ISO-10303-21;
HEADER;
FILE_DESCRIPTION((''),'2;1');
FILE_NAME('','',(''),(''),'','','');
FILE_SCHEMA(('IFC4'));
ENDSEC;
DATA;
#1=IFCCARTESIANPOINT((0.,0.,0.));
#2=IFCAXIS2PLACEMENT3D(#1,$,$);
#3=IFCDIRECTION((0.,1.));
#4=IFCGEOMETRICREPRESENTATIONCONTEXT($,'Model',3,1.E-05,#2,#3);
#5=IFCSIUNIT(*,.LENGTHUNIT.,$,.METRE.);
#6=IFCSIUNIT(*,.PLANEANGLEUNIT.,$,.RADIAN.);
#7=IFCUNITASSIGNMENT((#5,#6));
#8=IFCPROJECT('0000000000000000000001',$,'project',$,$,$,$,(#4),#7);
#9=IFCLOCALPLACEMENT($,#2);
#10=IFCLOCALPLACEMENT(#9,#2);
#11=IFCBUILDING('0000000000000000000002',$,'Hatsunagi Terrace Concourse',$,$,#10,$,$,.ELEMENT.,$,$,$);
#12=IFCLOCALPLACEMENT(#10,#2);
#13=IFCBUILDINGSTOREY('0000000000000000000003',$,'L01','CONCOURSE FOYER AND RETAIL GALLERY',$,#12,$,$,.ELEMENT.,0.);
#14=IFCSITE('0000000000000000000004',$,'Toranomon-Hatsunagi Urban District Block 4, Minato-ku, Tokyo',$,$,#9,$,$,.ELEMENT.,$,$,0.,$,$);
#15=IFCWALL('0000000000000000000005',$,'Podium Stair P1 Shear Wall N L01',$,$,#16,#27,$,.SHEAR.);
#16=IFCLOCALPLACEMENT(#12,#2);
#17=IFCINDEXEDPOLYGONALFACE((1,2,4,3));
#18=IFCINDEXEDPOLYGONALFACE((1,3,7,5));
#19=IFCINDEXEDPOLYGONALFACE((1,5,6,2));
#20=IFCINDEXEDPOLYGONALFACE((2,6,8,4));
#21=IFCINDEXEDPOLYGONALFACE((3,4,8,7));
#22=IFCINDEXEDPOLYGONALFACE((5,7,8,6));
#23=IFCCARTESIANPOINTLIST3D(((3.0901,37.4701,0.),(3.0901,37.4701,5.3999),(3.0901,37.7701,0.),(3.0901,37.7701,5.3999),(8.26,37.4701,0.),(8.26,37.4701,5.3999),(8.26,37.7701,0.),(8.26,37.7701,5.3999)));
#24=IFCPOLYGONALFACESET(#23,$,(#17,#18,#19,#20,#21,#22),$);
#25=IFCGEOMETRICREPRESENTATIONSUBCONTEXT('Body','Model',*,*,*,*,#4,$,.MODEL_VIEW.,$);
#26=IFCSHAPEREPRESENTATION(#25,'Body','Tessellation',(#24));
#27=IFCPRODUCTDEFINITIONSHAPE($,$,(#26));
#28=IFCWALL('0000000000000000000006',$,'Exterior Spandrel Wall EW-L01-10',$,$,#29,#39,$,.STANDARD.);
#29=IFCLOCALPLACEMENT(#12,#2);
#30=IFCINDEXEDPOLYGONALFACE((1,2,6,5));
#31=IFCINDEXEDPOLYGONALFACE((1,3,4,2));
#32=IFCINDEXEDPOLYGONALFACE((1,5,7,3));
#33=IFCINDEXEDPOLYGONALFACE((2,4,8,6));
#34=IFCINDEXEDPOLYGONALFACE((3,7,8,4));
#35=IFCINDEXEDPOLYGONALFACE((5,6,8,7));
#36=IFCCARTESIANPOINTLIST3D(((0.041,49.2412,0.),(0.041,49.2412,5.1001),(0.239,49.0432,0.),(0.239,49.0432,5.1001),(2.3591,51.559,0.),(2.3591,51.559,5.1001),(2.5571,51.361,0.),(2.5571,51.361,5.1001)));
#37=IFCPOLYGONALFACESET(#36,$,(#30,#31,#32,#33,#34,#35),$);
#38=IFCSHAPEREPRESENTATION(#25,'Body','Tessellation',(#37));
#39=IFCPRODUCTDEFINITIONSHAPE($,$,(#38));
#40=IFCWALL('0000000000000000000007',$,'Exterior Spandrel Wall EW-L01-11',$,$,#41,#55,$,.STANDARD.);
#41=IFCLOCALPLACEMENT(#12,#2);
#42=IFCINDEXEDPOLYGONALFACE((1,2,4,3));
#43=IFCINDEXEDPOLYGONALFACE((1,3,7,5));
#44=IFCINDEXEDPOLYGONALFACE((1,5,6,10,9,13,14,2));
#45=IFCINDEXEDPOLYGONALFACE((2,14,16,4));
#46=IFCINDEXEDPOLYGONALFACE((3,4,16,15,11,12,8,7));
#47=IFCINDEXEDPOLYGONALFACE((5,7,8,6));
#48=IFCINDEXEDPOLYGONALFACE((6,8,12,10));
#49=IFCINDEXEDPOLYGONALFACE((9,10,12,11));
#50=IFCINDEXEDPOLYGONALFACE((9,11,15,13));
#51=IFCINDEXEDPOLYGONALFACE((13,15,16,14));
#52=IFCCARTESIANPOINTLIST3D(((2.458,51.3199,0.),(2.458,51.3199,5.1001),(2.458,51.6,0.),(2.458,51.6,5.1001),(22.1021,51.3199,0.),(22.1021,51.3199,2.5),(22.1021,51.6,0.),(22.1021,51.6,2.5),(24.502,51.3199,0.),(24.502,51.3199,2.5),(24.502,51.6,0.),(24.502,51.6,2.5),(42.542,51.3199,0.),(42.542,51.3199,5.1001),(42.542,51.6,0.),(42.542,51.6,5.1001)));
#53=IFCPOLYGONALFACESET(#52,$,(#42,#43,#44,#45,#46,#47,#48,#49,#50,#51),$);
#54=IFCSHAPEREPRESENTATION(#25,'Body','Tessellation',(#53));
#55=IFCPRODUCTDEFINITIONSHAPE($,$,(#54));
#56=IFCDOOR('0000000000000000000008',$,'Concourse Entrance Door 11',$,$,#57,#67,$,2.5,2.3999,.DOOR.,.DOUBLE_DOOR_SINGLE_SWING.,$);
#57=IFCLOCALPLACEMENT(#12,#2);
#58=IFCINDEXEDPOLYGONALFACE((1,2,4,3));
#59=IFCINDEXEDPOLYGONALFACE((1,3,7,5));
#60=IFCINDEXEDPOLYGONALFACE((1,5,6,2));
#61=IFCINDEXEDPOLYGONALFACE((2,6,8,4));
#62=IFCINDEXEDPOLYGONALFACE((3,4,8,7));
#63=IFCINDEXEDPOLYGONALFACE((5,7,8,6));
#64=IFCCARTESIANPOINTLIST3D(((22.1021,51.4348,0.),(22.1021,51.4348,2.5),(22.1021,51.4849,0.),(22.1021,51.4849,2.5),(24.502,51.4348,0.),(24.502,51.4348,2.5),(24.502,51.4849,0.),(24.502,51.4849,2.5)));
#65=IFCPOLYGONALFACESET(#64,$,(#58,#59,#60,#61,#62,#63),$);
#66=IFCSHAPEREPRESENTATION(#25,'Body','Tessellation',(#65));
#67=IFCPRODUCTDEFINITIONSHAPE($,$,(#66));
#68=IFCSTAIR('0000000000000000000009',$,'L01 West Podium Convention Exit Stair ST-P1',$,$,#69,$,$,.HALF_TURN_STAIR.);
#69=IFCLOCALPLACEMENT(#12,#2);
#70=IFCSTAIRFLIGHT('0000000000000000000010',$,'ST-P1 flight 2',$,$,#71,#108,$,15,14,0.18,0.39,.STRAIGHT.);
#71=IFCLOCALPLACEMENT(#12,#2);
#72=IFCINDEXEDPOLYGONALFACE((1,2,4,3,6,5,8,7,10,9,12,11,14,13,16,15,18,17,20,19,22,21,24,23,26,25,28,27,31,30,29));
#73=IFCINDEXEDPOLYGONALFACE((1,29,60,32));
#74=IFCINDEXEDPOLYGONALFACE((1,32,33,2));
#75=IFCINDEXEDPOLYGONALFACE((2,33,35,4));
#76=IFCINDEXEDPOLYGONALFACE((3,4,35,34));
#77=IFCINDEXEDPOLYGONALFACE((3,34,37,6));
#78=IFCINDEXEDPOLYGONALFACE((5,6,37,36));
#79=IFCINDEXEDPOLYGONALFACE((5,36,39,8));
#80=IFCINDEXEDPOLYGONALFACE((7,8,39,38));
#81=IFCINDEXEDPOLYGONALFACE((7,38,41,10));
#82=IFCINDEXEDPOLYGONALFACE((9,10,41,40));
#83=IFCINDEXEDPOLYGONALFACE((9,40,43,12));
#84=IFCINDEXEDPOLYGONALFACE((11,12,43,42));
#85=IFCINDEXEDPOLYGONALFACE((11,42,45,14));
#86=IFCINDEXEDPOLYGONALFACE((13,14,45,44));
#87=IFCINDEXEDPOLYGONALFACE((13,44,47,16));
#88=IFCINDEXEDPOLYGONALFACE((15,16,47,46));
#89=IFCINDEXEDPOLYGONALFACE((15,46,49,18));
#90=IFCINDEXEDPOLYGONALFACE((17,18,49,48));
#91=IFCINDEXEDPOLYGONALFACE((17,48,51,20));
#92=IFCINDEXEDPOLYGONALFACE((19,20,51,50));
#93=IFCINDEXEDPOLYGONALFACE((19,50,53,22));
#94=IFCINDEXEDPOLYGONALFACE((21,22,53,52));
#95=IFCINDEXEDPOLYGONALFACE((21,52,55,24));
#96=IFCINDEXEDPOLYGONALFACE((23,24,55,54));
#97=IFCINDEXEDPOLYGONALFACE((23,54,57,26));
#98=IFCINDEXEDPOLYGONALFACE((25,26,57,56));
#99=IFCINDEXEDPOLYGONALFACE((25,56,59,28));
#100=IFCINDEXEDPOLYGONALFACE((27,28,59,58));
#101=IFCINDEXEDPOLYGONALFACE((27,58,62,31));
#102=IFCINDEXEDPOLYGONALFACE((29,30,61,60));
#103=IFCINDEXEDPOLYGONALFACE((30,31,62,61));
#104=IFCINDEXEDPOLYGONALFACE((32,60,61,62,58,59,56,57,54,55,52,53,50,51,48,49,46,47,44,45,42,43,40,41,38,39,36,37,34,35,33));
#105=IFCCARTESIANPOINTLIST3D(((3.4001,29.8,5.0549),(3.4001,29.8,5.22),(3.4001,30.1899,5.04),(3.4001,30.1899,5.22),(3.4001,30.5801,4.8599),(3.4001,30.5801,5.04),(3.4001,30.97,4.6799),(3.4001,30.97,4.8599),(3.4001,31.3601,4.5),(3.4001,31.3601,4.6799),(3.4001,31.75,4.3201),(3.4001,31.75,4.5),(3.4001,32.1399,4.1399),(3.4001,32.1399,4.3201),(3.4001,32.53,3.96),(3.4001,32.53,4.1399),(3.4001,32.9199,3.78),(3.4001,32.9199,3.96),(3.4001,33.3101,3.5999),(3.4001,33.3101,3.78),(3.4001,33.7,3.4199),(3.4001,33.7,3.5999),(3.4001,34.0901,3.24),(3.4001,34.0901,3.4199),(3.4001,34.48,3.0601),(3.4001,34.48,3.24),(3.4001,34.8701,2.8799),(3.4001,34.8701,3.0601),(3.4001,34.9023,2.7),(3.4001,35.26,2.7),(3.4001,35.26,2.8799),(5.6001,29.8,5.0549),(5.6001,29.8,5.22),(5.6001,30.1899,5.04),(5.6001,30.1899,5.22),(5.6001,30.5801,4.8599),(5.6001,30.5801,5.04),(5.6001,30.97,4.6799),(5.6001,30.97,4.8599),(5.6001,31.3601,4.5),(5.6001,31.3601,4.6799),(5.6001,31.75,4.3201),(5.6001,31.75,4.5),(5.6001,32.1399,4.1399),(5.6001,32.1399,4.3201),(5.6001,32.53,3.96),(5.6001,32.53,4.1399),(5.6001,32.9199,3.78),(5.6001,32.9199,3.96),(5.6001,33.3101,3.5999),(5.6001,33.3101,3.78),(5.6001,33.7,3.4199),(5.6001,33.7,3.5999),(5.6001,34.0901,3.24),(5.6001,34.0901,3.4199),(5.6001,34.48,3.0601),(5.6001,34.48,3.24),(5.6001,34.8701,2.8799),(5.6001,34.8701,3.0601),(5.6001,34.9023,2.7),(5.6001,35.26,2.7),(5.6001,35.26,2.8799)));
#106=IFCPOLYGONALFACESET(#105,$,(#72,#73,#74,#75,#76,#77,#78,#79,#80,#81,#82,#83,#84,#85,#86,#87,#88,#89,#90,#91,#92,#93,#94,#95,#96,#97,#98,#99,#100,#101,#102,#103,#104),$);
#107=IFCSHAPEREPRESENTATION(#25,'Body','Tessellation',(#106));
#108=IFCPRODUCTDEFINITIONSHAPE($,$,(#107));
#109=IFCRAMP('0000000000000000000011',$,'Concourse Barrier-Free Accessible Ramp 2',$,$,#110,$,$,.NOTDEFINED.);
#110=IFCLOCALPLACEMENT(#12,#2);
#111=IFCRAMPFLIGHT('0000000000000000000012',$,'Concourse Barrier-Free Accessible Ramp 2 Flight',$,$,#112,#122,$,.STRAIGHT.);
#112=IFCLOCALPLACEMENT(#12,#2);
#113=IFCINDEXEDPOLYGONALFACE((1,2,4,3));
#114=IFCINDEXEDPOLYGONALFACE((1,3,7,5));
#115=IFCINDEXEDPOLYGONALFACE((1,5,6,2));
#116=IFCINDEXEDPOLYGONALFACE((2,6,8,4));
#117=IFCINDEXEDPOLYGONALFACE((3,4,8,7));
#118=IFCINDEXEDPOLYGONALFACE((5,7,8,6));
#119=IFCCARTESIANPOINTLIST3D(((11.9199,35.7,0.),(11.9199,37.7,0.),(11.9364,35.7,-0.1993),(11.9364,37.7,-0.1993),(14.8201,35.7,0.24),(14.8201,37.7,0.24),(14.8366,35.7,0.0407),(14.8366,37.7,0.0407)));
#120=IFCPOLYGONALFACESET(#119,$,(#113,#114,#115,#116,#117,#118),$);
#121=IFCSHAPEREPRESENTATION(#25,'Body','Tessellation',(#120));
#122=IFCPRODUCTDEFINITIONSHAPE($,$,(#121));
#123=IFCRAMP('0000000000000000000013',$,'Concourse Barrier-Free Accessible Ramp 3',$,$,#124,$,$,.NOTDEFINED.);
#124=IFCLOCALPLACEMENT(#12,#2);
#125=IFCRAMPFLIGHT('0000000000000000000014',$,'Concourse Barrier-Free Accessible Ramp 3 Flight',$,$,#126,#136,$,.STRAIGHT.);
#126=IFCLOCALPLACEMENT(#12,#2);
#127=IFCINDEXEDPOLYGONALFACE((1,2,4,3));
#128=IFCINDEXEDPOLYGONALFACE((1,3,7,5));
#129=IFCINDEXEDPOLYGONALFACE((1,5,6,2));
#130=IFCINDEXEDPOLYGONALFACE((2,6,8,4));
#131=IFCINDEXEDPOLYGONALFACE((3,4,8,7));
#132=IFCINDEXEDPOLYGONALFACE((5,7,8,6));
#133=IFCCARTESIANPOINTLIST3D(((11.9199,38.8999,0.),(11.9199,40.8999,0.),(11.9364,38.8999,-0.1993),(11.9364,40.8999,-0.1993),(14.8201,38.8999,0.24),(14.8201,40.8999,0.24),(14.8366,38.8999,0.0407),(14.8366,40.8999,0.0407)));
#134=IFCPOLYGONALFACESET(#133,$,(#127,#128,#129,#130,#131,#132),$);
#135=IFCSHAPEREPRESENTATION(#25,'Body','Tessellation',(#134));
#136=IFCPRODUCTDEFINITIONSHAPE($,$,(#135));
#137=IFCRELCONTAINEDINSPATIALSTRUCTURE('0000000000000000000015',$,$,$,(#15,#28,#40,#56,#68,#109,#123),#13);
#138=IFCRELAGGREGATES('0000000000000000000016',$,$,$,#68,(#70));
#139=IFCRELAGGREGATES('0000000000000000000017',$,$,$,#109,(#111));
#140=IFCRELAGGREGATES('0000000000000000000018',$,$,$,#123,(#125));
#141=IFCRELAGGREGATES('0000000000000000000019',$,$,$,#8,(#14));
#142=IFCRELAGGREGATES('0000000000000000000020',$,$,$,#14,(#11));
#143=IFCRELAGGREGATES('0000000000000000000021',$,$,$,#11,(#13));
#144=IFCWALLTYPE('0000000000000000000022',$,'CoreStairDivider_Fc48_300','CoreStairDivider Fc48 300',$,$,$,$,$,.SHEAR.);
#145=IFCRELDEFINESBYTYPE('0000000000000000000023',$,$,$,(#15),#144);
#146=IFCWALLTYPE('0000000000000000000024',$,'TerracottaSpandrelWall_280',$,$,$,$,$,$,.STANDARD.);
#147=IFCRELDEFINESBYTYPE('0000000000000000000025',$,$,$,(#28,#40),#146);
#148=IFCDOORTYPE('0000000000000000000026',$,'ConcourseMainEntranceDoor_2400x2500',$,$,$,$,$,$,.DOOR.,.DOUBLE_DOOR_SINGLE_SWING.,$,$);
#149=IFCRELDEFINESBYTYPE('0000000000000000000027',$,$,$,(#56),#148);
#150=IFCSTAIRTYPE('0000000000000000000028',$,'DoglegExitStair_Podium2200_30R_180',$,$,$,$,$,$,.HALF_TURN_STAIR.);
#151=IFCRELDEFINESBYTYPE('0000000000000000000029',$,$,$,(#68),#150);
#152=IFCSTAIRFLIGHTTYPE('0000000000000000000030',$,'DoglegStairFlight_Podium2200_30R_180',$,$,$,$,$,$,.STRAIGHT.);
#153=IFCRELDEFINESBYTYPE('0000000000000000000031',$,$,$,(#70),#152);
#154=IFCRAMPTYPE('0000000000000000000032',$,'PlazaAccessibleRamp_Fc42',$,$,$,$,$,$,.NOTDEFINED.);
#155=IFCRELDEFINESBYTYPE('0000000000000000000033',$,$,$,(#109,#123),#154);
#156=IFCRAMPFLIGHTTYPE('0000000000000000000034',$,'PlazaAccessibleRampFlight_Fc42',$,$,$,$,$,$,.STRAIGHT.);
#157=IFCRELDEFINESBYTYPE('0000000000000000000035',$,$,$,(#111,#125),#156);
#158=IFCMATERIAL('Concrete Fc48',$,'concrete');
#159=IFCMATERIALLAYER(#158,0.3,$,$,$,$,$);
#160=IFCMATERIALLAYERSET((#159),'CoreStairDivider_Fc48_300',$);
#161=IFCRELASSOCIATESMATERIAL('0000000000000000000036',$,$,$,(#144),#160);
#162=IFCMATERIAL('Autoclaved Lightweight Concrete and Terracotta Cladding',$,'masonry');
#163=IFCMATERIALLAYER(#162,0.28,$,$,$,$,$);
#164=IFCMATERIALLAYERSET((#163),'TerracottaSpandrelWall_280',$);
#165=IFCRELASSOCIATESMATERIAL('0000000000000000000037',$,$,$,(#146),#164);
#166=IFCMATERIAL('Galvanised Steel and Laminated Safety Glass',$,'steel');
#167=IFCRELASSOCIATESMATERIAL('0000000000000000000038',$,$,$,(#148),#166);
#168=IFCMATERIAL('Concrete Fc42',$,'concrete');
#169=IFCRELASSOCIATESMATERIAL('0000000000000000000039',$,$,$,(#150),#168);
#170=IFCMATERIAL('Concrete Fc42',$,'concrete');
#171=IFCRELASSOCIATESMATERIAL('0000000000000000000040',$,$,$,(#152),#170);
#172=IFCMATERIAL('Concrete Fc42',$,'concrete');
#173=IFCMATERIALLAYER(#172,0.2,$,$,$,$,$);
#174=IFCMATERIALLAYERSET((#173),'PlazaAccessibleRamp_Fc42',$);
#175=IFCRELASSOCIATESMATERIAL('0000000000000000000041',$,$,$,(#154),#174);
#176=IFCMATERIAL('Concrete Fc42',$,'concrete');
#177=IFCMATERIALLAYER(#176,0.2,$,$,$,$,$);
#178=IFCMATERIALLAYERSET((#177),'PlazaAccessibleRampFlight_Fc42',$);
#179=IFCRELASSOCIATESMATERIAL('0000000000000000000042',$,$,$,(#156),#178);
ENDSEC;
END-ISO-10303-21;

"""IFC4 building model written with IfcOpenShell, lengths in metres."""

from ifc_helpers import new_model, si_unit, direction, frame, frame_2d, origin, place, context, subcontext, project, spatial, polyline, rectangle, outline, extrude, material, layer, layer_set, type_object, element, fill, aggregate, save


model = new_model("IFC4")

# Units and contexts
model_context = context("Model", 3, precision=1e-05, world=origin(), true_north=direction((0.0, 1.0)))
body_context = subcontext(model_context, "Body", "Model", "MODEL_VIEW")
ifc_project = project(units=[si_unit("LENGTHUNIT", "METRE"), si_unit("PLANEANGLEUNIT", "RADIAN")], contexts=[model_context])

# Site, building, storey
site_placement = place(None, origin())
site = spatial("IfcSite", under=ifc_project, at=site_placement, Name="Toranomon-Hatsunagi Urban District Block 4, Minato-ku, Tokyo", CompositionType="ELEMENT", RefElevation=0.0)
building_placement = place(site_placement, origin())
building = spatial("IfcBuilding", under=site, at=building_placement, Name="Hatsunagi Terrace Concourse", CompositionType="ELEMENT")
storey_placement = place(building_placement, origin())
storey = spatial("IfcBuildingStorey", under=building, at=storey_placement, Name="L01", Description="CONCOURSE FOYER AND RETAIL GALLERY", CompositionType="ELEMENT", Elevation=0.0)

# Walls
ifc_material_1 = material(Name="Concrete Fc48", Category="concrete")
ifc_layer_1 = layer(ifc_material_1, 0.3)
ifc_layer_set_1 = layer_set([ifc_layer_1], Name="CoreStairDivider_Fc48_300")
wall_type_1 = type_object("IfcWallType", Name="CoreStairDivider_Fc48_300", Description="CoreStairDivider Fc48 300", PredefinedType="SHEAR", material=ifc_layer_set_1)
wall_1_placement = place(storey_placement, frame((3.0901, 37.6201, 0.0), z_axis=(0.0, 0.0, 1.0), x_axis=(1.0, 0.0, 0.0)))
element("IfcWall", 1, at=wall_1_placement, inside=storey, type_object=wall_type_1, Name="Podium Stair P1 Shear Wall N L01", PredefinedType="SHEAR", context=body_context, shape_type="SweptSolid", body=[
    extrude(rectangle(XDim=5.1699, YDim=0.3, at=frame_2d((2.585, 0.0))), origin(), (0.0, 0.0, 1.0), 5.3999),
])
ifc_material_2 = material(Name="Autoclaved Lightweight Concrete and Terracotta Cladding", Category="masonry")
ifc_layer_2 = layer(ifc_material_2, 0.28)
ifc_layer_set_2 = layer_set([ifc_layer_2], Name="TerracottaSpandrelWall_280")
wall_type_2 = type_object("IfcWallType", Name="TerracottaSpandrelWall_280", PredefinedType="STANDARD", material=ifc_layer_set_2)
wall_2_placement = place(storey_placement, frame((0.1399, 49.1421, 0.0), z_axis=(0.0, 0.0, 1.0), x_axis=(0.707144, 0.70707, 0.0)))
element("IfcWall", 2, at=wall_2_placement, inside=storey, type_object=wall_type_2, Name="Exterior Spandrel Wall EW-L01-10", PredefinedType="STANDARD", context=body_context, shape_type="SweptSolid", body=[
    extrude(rectangle(XDim=3.2781, YDim=0.28, at=frame_2d((1.6392, 0.0))), origin(), (0.0, 0.0, 1.0), 5.1001),
])

# Wall, opening, door
wall_3_placement = place(storey_placement, frame((2.458, 51.46, 0.0), z_axis=(0.0, 0.0, 1.0), x_axis=(1.0, 0.0, 0.0)))
wall_3 = element("IfcWall", 3, at=wall_3_placement, inside=storey, type_object=wall_type_2, Name="Exterior Spandrel Wall EW-L01-11", PredefinedType="STANDARD", context=body_context, shape_type="SweptSolid", body=[
    extrude(rectangle(XDim=40.084, YDim=0.28, at=frame_2d((20.042, 0.0))), origin(), (0.0, 0.0, 1.0), 5.1001),
])
opening_placement = place(wall_3_placement, frame((19.644, 0.0, 0.0)))
opening = element("IfcOpeningElement", 4, at=opening_placement, cuts=wall_3, PredefinedType="OPENING", context=body_context, shape_type="SweptSolid", body=[
    extrude(rectangle(XDim=2.3999, YDim=2.5, at=frame_2d((1.2, 1.25))), frame((0.0, 0.1499, 0.0), z_axis=(0.0, -1.0, 0.0), x_axis=(1.0, 0.0, 0.0)), (0.0, 0.0, 1.0), 0.3),
])
ifc_material_3 = material(Name="Galvanised Steel and Laminated Safety Glass", Category="steel")
door_type = type_object("IfcDoorType", Name="ConcourseMainEntranceDoor_2400x2500", OperationType="DOUBLE_DOOR_SINGLE_SWING", PredefinedType="DOOR", material=ifc_material_3)
door_placement = place(opening_placement, origin())
door = element("IfcDoor", 5, at=door_placement, inside=storey, type_object=door_type, Name="Concourse Entrance Door 11", OperationType="DOUBLE_DOOR_SINGLE_SWING", OverallHeight=2.5, OverallWidth=2.3999, PredefinedType="DOOR", context=body_context, shape_type="SweptSolid", body=[
    extrude(rectangle(XDim=2.3999, YDim=2.5, at=frame_2d((1.2, 1.25))), frame((0.0, 0.0249, 0.0), z_axis=(0.0, -1.0, 0.0), x_axis=(1.0, 0.0, 0.0)), (0.0, 0.0, 1.0), 0.05),
])
fill(opening, door)

# Stair, stair flight
ifc_material_4 = material(Name="Concrete Fc42", Category="concrete")
stair_type = type_object("IfcStairType", Name="DoglegExitStair_Podium2200_30R_180", PredefinedType="HALF_TURN_STAIR", material=ifc_material_4)
stair_placement = place(storey_placement, origin())
stair = element("IfcStair", 6, at=stair_placement, inside=storey, type_object=stair_type, Name="L01 West Podium Convention Exit Stair ST-P1", PredefinedType="HALF_TURN_STAIR")
ifc_material_5 = material(Name="Concrete Fc42", Category="concrete")
stair_flight_type = type_object("IfcStairFlightType", Name="DoglegStairFlight_Podium2200_30R_180", PredefinedType="STRAIGHT", material=ifc_material_5)
stair_flight_placement = place(storey_placement, frame((4.5, 35.26, 2.7), z_axis=(0.0, 0.0, 1.0), x_axis=(0.0, -1.0, 0.0)))
stair_flight = element("IfcStairFlight", 7, at=stair_flight_placement, type_object=stair_flight_type, Name="ST-P1 flight 2", NumberOfRisers=15, NumberOfTreads=14, PredefinedType="STRAIGHT", RiserHeight=0.18, TreadLength=0.39, context=body_context, shape_type="SweptSolid", body=[
    extrude(outline(polyline([(0.0, 0.0), (0.0, 0.1799), (0.3899, 0.1799), (0.3899, 0.3601), (0.78, 0.3601), (0.78, 0.54), (1.1699, 0.54), (1.1699, 0.72), (1.5601, 0.72), (1.5601, 0.8999), (1.95, 0.8999), (1.95, 1.0801), (2.3401, 1.0801), (2.3401, 1.26), (2.73, 1.26), (2.73, 1.4399), (3.1201, 1.4399), (3.1201, 1.6201), (3.51, 1.6201), (3.51, 1.8), (3.8999, 1.8), (3.8999, 1.98), (4.29, 1.98), (4.29, 2.1599), (4.6799, 2.1599), (4.6799, 2.3401), (5.0701, 2.3401), (5.0701, 2.52), (5.46, 2.52), (5.46, 2.7), (5.46, 2.355), (0.3577, 0.0), (0.0, 0.0)])), frame((0.0, 1.1001, 0.0), z_axis=(0.0, -1.0, 0.0), x_axis=(1.0, 0.0, 0.0)), (0.0, 0.0, 1.0), 2.2),
])
aggregate(stair, [stair_flight])

# Ramps, ramp flights
ifc_material_6 = material(Name="Concrete Fc42", Category="concrete")
ifc_layer_3 = layer(ifc_material_6, 0.2)
ifc_layer_set_3 = layer_set([ifc_layer_3], Name="PlazaAccessibleRamp_Fc42")
ramp_type = type_object("IfcRampType", Name="PlazaAccessibleRamp_Fc42", PredefinedType="NOTDEFINED", material=ifc_layer_set_3)
ramp_1_placement = place(storey_placement, origin())
ramp_1 = element("IfcRamp", 8, at=ramp_1_placement, inside=storey, type_object=ramp_type, Name="Concourse Barrier-Free Accessible Ramp 2", PredefinedType="NOTDEFINED")
ifc_material_7 = material(Name="Concrete Fc42", Category="concrete")
ifc_layer_4 = layer(ifc_material_7, 0.2)
ifc_layer_set_4 = layer_set([ifc_layer_4], Name="PlazaAccessibleRampFlight_Fc42")
ramp_flight_type = type_object("IfcRampFlightType", Name="PlazaAccessibleRampFlight_Fc42", PredefinedType="STRAIGHT", material=ifc_layer_set_4)
ramp_flight_1_placement = place(storey_placement, frame((11.9199, 35.7, 0.0), z_axis=(-0.082469, 0.0, 0.996594), x_axis=(0.996594, 0.0, 0.082469)))
ramp_flight_1 = element("IfcRampFlight", 9, at=ramp_flight_1_placement, type_object=ramp_flight_type, Name="Concourse Barrier-Free Accessible Ramp 2 Flight", PredefinedType="STRAIGHT", context=body_context, shape_type="SweptSolid", body=[
    extrude(outline(polyline([(0.0, 0.0), (2.9101, 0.0), (2.9101, 2.0), (0.0, 2.0), (0.0, 0.0)])), origin(), (0.0, 0.0, -1.0), 0.2),
])
aggregate(ramp_1, [ramp_flight_1])
ramp_2_placement = place(storey_placement, origin())
ramp_2 = element("IfcRamp", 10, at=ramp_2_placement, inside=storey, type_object=ramp_type, Name="Concourse Barrier-Free Accessible Ramp 3", PredefinedType="NOTDEFINED")
ramp_flight_2_placement = place(storey_placement, frame((11.9199, 38.8999, 0.0), z_axis=(-0.082469, 0.0, 0.996594), x_axis=(0.996594, 0.0, 0.082469)))
ramp_flight_2 = element("IfcRampFlight", 11, at=ramp_flight_2_placement, type_object=ramp_flight_type, Name="Concourse Barrier-Free Accessible Ramp 3 Flight", PredefinedType="STRAIGHT", context=body_context, shape_type="SweptSolid", body=[
    extrude(outline(polyline([(0.0, 0.0), (2.9101, 0.0), (2.9101, 2.0), (0.0, 2.0), (0.0, 0.0)])), origin(), (0.0, 0.0, -1.0), 0.2),
])
aggregate(ramp_2, [ramp_flight_2])

save(model, "model.ifc")
